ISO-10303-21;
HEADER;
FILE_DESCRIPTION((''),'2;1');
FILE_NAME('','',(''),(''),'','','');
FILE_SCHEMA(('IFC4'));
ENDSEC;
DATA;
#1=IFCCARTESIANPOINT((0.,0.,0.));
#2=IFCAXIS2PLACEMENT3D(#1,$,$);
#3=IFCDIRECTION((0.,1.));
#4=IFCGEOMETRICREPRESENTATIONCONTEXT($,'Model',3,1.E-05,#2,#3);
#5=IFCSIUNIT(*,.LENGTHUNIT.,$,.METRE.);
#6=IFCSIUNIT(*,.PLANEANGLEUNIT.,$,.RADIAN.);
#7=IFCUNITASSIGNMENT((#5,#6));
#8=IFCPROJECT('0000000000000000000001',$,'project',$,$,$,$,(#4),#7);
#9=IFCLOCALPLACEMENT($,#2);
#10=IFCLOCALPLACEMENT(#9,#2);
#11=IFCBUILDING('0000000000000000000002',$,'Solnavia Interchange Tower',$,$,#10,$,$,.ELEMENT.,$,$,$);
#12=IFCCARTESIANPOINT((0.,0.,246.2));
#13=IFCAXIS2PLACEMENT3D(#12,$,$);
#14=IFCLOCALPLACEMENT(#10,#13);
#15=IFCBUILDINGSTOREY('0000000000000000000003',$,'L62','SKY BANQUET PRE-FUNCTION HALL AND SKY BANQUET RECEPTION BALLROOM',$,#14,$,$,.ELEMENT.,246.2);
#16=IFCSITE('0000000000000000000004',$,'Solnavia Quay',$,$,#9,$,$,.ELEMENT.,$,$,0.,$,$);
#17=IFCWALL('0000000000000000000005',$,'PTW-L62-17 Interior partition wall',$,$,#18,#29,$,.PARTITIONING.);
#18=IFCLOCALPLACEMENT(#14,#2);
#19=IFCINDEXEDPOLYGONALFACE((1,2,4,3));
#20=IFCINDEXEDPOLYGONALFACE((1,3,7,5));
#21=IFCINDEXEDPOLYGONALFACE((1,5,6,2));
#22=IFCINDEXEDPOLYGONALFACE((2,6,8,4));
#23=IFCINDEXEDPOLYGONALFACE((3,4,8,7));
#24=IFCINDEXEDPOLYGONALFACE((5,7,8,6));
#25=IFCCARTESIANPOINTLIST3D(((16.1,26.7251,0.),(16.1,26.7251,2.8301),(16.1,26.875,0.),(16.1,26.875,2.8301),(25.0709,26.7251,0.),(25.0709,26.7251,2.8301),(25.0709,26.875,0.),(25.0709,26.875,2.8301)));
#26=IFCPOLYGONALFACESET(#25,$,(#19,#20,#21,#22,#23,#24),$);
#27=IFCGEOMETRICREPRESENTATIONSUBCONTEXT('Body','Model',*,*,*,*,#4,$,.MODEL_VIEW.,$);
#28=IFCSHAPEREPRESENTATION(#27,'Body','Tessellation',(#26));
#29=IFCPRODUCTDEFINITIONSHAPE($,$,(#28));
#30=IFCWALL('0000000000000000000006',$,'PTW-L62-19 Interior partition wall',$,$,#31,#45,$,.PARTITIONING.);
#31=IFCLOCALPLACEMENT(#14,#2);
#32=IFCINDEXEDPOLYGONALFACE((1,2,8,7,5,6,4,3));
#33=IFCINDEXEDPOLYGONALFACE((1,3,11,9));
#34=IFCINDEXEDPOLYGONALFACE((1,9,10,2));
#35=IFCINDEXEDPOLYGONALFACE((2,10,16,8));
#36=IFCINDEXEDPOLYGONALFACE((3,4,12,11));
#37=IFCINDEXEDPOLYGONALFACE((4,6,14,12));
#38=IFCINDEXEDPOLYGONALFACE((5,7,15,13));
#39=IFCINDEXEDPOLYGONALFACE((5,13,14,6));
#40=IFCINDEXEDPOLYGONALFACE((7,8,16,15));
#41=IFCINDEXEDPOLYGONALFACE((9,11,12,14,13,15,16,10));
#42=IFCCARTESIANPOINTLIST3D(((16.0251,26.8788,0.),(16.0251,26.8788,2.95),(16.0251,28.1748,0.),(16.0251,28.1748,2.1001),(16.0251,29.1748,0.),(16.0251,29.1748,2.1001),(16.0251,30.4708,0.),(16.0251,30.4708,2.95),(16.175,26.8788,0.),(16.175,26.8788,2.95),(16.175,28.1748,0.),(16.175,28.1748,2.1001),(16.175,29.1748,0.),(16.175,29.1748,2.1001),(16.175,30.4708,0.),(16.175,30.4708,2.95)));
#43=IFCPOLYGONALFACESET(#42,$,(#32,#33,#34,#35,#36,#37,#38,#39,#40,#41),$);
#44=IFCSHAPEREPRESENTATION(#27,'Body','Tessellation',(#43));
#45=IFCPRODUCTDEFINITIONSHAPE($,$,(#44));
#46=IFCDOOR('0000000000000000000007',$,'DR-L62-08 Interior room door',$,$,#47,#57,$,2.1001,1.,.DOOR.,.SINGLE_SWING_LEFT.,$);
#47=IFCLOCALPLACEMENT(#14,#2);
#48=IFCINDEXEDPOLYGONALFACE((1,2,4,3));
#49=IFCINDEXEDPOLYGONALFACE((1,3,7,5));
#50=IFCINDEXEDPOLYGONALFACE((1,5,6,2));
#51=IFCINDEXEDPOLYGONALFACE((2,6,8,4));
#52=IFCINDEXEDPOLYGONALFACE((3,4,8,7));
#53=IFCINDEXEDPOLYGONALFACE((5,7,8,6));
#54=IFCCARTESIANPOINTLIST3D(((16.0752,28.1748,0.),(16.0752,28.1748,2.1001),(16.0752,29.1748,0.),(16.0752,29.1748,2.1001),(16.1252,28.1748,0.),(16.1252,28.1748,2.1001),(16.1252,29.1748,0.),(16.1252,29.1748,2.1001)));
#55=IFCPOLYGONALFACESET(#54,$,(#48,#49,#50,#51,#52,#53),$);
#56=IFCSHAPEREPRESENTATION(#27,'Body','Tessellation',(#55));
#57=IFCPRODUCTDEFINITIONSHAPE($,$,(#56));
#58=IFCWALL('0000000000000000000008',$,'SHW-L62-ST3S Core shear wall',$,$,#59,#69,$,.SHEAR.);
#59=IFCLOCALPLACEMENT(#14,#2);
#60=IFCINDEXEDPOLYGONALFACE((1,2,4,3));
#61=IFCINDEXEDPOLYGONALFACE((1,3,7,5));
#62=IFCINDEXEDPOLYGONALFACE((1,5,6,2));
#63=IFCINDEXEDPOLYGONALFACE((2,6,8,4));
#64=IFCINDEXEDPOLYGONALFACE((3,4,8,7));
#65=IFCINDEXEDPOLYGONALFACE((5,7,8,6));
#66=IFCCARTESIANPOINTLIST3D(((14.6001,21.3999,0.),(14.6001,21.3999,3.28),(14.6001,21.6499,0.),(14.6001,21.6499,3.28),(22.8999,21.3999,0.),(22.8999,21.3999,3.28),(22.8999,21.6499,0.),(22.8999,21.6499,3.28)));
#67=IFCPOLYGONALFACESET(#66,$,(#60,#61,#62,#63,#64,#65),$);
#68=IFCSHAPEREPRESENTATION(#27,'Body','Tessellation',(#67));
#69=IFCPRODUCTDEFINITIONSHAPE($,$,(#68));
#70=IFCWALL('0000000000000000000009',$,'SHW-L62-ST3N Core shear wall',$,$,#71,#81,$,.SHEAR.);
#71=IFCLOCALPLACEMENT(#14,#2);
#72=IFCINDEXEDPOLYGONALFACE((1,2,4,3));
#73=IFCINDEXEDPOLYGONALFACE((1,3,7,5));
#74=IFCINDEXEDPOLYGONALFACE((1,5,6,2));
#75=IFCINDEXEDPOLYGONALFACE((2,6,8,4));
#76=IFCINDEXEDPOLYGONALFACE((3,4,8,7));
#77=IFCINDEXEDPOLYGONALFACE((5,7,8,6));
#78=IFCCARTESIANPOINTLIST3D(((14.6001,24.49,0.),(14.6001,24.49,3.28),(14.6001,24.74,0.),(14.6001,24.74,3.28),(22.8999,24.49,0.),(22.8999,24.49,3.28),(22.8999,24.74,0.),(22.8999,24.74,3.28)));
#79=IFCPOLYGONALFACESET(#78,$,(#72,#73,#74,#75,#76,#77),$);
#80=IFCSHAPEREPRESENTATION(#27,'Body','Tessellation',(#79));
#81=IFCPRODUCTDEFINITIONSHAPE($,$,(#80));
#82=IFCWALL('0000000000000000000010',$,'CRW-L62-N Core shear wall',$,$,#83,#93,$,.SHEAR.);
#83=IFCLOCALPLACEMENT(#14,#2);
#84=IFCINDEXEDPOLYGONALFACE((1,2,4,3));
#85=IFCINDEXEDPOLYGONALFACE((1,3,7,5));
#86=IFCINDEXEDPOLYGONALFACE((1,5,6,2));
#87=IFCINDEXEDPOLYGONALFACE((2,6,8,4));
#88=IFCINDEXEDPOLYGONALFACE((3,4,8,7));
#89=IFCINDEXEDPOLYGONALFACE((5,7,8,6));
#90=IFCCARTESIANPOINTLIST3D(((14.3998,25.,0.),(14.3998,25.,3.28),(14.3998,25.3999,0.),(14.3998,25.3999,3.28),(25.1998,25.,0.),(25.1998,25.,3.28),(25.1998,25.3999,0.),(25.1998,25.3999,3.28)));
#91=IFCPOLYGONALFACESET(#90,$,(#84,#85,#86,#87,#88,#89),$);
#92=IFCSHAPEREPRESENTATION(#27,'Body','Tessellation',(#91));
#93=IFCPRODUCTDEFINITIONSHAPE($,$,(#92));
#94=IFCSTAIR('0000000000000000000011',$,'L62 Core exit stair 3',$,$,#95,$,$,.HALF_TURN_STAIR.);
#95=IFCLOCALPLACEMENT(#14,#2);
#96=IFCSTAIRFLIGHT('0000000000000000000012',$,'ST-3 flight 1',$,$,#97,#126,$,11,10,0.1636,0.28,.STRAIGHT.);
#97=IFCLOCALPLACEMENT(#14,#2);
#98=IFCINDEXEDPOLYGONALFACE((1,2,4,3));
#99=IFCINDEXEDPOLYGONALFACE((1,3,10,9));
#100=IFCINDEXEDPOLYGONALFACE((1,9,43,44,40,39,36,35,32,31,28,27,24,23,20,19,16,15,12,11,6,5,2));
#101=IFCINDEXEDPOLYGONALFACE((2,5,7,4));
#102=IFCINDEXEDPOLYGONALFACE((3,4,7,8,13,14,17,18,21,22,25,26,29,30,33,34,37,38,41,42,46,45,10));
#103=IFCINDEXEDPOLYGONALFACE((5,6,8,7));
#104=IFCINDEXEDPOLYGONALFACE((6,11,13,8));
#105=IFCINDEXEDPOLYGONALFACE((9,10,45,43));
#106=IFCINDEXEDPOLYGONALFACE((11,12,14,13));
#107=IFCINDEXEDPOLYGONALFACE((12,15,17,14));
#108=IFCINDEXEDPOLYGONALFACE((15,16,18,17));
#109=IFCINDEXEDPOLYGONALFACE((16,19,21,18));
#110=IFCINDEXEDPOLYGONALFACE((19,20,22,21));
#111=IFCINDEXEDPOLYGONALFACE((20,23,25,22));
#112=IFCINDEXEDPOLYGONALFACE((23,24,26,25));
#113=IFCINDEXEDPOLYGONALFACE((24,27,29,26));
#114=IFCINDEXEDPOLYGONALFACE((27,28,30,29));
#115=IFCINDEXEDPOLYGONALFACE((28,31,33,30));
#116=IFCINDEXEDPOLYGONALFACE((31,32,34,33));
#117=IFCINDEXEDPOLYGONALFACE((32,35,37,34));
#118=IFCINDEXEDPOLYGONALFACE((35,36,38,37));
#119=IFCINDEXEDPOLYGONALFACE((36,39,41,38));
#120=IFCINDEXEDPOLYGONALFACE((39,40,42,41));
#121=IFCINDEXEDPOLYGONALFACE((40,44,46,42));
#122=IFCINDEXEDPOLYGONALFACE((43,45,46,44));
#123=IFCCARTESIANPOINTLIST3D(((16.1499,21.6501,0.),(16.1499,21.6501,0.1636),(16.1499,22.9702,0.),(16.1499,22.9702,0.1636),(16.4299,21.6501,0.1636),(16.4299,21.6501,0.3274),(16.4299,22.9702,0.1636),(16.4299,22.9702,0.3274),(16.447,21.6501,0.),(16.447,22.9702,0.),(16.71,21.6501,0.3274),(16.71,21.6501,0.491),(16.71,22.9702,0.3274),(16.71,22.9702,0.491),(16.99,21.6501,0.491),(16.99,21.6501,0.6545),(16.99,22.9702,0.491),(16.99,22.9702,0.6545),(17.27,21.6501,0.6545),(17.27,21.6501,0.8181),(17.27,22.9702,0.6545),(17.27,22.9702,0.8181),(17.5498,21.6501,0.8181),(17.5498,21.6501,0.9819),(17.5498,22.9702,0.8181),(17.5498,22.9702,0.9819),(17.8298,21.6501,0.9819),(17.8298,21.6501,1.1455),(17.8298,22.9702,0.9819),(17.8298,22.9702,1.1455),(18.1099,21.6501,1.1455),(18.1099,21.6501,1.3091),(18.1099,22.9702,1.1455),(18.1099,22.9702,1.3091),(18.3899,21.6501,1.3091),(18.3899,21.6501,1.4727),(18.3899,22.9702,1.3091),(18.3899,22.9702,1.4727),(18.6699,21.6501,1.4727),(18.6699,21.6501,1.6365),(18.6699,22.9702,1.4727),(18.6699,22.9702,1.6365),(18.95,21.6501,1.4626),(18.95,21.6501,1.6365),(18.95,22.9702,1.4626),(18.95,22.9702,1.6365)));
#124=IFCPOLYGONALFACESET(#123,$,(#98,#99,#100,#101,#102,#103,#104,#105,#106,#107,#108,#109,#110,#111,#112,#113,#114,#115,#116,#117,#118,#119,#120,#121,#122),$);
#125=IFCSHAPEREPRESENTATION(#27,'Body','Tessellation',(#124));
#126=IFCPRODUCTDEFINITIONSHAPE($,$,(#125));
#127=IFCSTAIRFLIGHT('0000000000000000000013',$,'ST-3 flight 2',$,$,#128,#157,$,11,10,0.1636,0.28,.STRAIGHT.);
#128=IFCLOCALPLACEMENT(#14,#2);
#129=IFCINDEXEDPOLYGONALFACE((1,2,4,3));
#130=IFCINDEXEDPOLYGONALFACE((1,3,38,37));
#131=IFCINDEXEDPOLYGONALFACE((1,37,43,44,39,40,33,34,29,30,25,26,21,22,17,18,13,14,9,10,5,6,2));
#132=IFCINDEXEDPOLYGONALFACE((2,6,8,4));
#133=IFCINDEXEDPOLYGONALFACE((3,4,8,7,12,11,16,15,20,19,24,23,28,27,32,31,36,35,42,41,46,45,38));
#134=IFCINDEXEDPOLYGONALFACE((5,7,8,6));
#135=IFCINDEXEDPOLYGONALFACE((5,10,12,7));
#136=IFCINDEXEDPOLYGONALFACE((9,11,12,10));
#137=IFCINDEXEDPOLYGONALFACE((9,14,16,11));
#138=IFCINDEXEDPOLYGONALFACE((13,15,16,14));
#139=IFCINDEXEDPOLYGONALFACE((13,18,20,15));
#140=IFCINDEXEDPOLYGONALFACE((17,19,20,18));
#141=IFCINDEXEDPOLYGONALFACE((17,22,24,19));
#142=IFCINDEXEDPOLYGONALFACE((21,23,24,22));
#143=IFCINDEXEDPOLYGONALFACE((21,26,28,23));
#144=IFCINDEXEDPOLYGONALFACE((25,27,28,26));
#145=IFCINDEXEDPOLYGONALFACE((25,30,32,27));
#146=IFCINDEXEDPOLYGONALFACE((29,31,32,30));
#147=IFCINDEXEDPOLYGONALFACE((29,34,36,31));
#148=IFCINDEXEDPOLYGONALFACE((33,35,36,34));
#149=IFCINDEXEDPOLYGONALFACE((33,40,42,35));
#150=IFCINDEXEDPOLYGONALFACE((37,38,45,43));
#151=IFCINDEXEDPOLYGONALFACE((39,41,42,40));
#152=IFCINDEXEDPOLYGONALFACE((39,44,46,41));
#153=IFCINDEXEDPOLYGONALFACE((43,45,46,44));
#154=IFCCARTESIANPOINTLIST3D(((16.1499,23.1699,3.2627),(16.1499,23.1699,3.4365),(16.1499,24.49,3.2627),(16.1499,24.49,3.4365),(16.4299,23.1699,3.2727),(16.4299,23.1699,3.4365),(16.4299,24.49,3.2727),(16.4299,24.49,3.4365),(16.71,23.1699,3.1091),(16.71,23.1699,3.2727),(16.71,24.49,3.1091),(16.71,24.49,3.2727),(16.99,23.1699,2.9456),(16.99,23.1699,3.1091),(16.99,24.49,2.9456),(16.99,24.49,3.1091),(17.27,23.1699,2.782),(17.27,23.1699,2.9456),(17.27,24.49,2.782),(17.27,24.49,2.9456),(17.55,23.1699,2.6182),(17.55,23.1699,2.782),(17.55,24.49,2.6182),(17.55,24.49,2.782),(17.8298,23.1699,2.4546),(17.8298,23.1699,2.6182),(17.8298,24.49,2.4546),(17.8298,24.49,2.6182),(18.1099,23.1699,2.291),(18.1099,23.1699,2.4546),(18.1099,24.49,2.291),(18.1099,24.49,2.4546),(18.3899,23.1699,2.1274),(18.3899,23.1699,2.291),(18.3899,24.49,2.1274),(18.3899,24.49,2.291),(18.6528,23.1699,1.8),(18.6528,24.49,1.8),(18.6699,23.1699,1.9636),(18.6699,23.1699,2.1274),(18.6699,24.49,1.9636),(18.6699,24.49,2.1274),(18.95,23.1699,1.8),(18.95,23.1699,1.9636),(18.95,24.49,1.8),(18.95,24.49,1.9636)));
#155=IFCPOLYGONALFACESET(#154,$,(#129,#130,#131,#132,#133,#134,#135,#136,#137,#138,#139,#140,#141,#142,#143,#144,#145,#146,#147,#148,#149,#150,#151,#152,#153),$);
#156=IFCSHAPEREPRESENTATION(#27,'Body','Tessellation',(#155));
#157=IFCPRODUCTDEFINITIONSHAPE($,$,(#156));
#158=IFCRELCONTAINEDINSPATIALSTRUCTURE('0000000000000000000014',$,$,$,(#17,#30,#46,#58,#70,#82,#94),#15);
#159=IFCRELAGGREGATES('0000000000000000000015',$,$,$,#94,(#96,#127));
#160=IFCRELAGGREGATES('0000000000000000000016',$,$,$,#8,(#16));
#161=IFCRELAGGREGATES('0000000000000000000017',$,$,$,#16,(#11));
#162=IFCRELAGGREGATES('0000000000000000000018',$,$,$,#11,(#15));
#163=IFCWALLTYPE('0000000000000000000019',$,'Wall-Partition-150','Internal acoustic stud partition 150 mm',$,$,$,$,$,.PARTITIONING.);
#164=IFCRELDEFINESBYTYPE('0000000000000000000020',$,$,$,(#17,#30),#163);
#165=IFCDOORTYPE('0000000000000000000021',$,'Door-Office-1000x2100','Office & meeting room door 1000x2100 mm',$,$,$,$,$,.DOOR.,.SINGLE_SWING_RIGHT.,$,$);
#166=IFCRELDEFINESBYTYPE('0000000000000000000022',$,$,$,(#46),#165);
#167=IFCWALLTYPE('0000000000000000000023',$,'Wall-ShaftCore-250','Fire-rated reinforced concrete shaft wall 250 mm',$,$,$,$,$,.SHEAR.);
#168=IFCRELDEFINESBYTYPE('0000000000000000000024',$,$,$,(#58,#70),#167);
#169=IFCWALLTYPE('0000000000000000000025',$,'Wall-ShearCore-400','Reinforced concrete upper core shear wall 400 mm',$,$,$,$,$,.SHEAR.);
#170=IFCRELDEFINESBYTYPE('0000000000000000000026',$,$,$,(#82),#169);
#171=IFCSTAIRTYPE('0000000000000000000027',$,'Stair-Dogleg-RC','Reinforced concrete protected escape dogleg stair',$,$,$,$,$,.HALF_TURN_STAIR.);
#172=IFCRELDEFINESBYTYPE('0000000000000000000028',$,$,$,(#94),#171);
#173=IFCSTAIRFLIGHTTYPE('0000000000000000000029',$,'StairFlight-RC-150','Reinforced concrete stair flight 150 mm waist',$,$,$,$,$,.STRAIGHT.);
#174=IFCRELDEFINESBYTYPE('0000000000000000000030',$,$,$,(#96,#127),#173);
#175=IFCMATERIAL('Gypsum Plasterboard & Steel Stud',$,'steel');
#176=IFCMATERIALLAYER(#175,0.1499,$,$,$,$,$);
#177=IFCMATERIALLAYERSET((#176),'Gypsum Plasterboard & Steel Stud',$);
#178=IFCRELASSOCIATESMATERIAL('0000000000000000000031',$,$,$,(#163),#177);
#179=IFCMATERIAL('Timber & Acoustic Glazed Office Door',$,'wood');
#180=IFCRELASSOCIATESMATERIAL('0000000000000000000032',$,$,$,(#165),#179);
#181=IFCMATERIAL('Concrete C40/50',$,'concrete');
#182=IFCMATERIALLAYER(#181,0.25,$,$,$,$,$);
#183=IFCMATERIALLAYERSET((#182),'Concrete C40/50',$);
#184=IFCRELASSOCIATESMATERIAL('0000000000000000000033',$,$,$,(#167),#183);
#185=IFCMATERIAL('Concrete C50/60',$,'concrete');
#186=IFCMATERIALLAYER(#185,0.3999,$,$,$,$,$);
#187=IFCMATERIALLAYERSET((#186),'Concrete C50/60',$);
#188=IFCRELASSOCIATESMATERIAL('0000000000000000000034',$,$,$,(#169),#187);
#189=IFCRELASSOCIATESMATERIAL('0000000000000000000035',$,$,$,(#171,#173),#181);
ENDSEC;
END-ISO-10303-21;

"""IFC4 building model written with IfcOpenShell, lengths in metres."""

from ifc_helpers import new_model, si_unit, direction, frame, frame_2d, origin, place, context, subcontext, project, spatial, polyline, rectangle, outline, extrude, material, layer, layer_set, type_object, element, fill, aggregate, save


model = new_model("IFC4")

# Units and contexts
model_context = context("Model", 3, precision=1e-05, world=origin(), true_north=direction((0.0, 1.0)))
body_context = subcontext(model_context, "Body", "Model", "MODEL_VIEW")
ifc_project = project(units=[si_unit("LENGTHUNIT", "METRE"), si_unit("PLANEANGLEUNIT", "RADIAN")], contexts=[model_context])

# Site, building, storey
site_placement = place(None, origin())
site = spatial("IfcSite", under=ifc_project, at=site_placement, Name="Solnavia Quay", CompositionType="ELEMENT", RefElevation=0.0)
building_placement = place(site_placement, origin())
building = spatial("IfcBuilding", under=site, at=building_placement, Name="Solnavia Interchange Tower", CompositionType="ELEMENT")
storey_placement = place(building_placement, frame((0.0, 0.0, 246.2)))
storey = spatial("IfcBuildingStorey", under=building, at=storey_placement, Name="L62", Description="SKY BANQUET PRE-FUNCTION HALL AND SKY BANQUET RECEPTION BALLROOM", CompositionType="ELEMENT", Elevation=246.2)

# Shared definitions
ifc_material_1 = material(Name="Concrete C50/60", Category="concrete")

# Shared definitions
ifc_material_2 = material(Name="Concrete C40/50", Category="concrete")

# Shared definitions
ifc_material_3 = material(Name="Gypsum Plasterboard & Steel Stud", Category="steel")
ifc_layer_1 = layer(ifc_material_3, 0.1499)
ifc_layer_set_1 = layer_set([ifc_layer_1], Name="Gypsum Plasterboard & Steel Stud")
wall_type_1 = type_object("IfcWallType", Name="Wall-Partition-150", Description="Internal acoustic stud partition 150 mm", PredefinedType="PARTITIONING", material=ifc_layer_set_1)

# Shared definitions
ifc_material_4 = material(Name="Timber & Acoustic Glazed Office Door", Category="wood")
door_type = type_object("IfcDoorType", Name="Door-Office-1000x2100", Description="Office & meeting room door 1000x2100 mm", OperationType="SINGLE_SWING_RIGHT", PredefinedType="DOOR", material=ifc_material_4)

# Wall
wall_1_placement = place(storey_placement, frame((16.1001, 26.8, 0.0), z_axis=(0.0, 0.0, 1.0), x_axis=(1.0, 0.0, 0.0)))
element("IfcWall", 1, at=wall_1_placement, inside=storey, type_object=wall_type_1, Name="PTW-L62-17 Interior partition wall", PredefinedType="PARTITIONING", context=body_context, shape_type="SweptSolid", body=[
    extrude(rectangle(XDim=8.9709, YDim=0.1499, at=frame_2d((4.4854, 0.0))), origin(), (0.0, 0.0, 1.0), 2.8301),
])

# Wall, opening, door
wall_2_placement = place(storey_placement, frame((16.1001, 26.8789, 0.0), z_axis=(0.0, 0.0, 1.0), x_axis=(0.0, 1.0, 0.0)))
wall_2 = element("IfcWall", 2, at=wall_2_placement, inside=storey, type_object=wall_type_1, Name="PTW-L62-19 Interior partition wall", PredefinedType="PARTITIONING", context=body_context, shape_type="SweptSolid", body=[
    extrude(rectangle(XDim=3.592, YDim=0.1499, at=frame_2d((1.7959, 0.0))), origin(), (0.0, 0.0, 1.0), 2.95),
])
opening_1_placement = place(wall_2_placement, frame((1.2959, 0.0, 0.0)))
opening_1 = element("IfcOpeningElement", 3, at=opening_1_placement, cuts=wall_2, PredefinedType="OPENING", context=body_context, shape_type="SweptSolid", body=[
    extrude(rectangle(XDim=1.0, YDim=2.1001, at=frame_2d((0.5, 1.05))), frame((0.0, 0.085, 0.0), z_axis=(0.0, -1.0, 0.0), x_axis=(1.0, 0.0, 0.0)), (0.0, 0.0, 1.0), 0.1699),
])
door_1_placement = place(opening_1_placement, origin())
door_1 = element("IfcDoor", 4, at=door_1_placement, inside=storey, type_object=door_type, Name="DR-L62-08 Interior room door", OperationType="SINGLE_SWING_LEFT", OverallHeight=2.1001, OverallWidth=1.0, PredefinedType="DOOR", context=body_context, shape_type="SweptSolid", body=[
    extrude(rectangle(XDim=1.0, YDim=2.1001, at=frame_2d((0.5, 1.05))), frame((0.0, 0.0249, 0.0), z_axis=(0.0, -1.0, 0.0), x_axis=(1.0, 0.0, 0.0)), (0.0, 0.0, 1.0), 0.05),
])
fill(opening_1, door_1)

# Walls
ifc_layer_2 = layer(ifc_material_2, 0.25)
ifc_layer_set_2 = layer_set([ifc_layer_2], Name="Concrete C40/50")
wall_type_2 = type_object("IfcWallType", Name="Wall-ShaftCore-250", Description="Fire-rated reinforced concrete shaft wall 250 mm", PredefinedType="SHEAR", material=ifc_layer_set_2)
for number, where, z_axis, x_axis, name in (
    (5, (14.6001, 21.5249, 0.0), (0.0, 0.0, 1.0), (1.0, 0.0, 0.0), "SHW-L62-ST3S Core shear wall"),
    (6, (14.6001, 24.615, 0.0), (0.0, 0.0, 1.0), (1.0, 0.0, 0.0), "SHW-L62-ST3N Core shear wall"),
):
    element("IfcWall", number, at=place(storey_placement, frame(where, z_axis=z_axis, x_axis=x_axis)), inside=storey, type_object=wall_type_2, Name=name, PredefinedType="SHEAR", context=body_context, shape_type="SweptSolid", body=[
        extrude(rectangle(XDim=8.2998, YDim=0.25, at=frame_2d((4.1499, 0.0))), origin(), (0.0, 0.0, 1.0), 3.28),
    ])
ifc_layer_3 = layer(ifc_material_1, 0.3999)
ifc_layer_set_3 = layer_set([ifc_layer_3], Name="Concrete C50/60")
wall_type_3 = type_object("IfcWallType", Name="Wall-ShearCore-400", Description="Reinforced concrete upper core shear wall 400 mm", PredefinedType="SHEAR", material=ifc_layer_set_3)
wall_3_placement = place(storey_placement, frame((14.3999, 25.2, 0.0), z_axis=(0.0, 0.0, 1.0), x_axis=(1.0, 0.0, 0.0)))
element("IfcWall", 7, at=wall_3_placement, inside=storey, type_object=wall_type_3, Name="CRW-L62-N Core shear wall", PredefinedType="SHEAR", context=body_context, shape_type="SweptSolid", body=[
    extrude(rectangle(XDim=10.8, YDim=0.3999, at=frame_2d((5.3999, 0.0))), origin(), (0.0, 0.0, 1.0), 3.28),
])

# Stair, stair flights
stair_type = type_object("IfcStairType", Name="Stair-Dogleg-RC", Description="Reinforced concrete protected escape dogleg stair", PredefinedType="HALF_TURN_STAIR", material=ifc_material_2)
stair_placement = place(storey_placement, origin())
stair = element("IfcStair", 8, at=stair_placement, inside=storey, type_object=stair_type, Name="L62 Core exit stair 3", PredefinedType="HALF_TURN_STAIR")
stair_flight_type = type_object("IfcStairFlightType", Name="StairFlight-RC-150", Description="Reinforced concrete stair flight 150 mm waist", PredefinedType="STRAIGHT", material=ifc_material_2)
stair_flight_1_placement = place(storey_placement, frame((16.1499, 22.3101, 0.0), z_axis=(0.0, 0.0, 1.0), x_axis=(1.0, 0.0, 0.0)))
stair_flight_1 = element("IfcStairFlight", 9, at=stair_flight_1_placement, type_object=stair_flight_type, Name="ST-3 flight 1", NumberOfRisers=11, NumberOfTreads=10, PredefinedType="STRAIGHT", RiserHeight=0.1636, TreadLength=0.28, context=body_context, shape_type="SweptSolid", body=[
    extrude(outline(polyline([(0.0, 0.0), (0.0, 0.1636), (0.28, 0.1636), (0.28, 0.3274), (0.5601, 0.3274), (0.5601, 0.491), (0.8401, 0.491), (0.8401, 0.6545), (1.1201, 0.6545), (1.1201, 0.8181), (1.3999, 0.8181), (1.3999, 0.9819), (1.6799, 0.9819), (1.6799, 1.1455), (1.96, 1.1455), (1.96, 1.3091), (2.24, 1.3091), (2.24, 1.4727), (2.52, 1.4727), (2.52, 1.6365), (2.8, 1.6365), (2.8, 1.8), (2.8, 1.4626), (0.2971, 0.0), (0.0, 0.0)])), frame((0.0, 0.6602, 0.0), z_axis=(0.0, -1.0, 0.0), x_axis=(1.0, 0.0, 0.0)), (0.0, 0.0, 1.0), 1.3201),
])
stair_flight_2_placement = place(storey_placement, frame((18.95, 23.8301, 1.8), z_axis=(0.0, 0.0, 1.0), x_axis=(-1.0, 0.0, 0.0)))
stair_flight_2 = element("IfcStairFlight", 10, at=stair_flight_2_placement, type_object=stair_flight_type, Name="ST-3 flight 2", NumberOfRisers=11, NumberOfTreads=10, PredefinedType="STRAIGHT", RiserHeight=0.1636, TreadLength=0.28, context=body_context, shape_type="SweptSolid", body=[
    extrude(outline(polyline([(0.0, 0.0), (0.0, 0.1636), (0.28, 0.1636), (0.28, 0.3274), (0.5601, 0.3274), (0.5601, 0.491), (0.8401, 0.491), (0.8401, 0.6545), (1.1201, 0.6545), (1.1201, 0.8181), (1.3999, 0.8181), (1.3999, 0.9819), (1.6799, 0.9819), (1.6799, 1.1455), (1.96, 1.1455), (1.96, 1.3091), (2.24, 1.3091), (2.24, 1.4727), (2.52, 1.4727), (2.52, 1.6365), (2.8, 1.6365), (2.8, 1.8), (2.8, 1.4626), (0.2971, 0.0), (0.0, 0.0)])), frame((0.0, 0.6602, 0.0), z_axis=(0.0, -1.0, 0.0), x_axis=(1.0, 0.0, 0.0)), (0.0, 0.0, 1.0), 1.3201),
])
aggregate(stair, [stair_flight_1, stair_flight_2])

save(model, "model.ifc")
